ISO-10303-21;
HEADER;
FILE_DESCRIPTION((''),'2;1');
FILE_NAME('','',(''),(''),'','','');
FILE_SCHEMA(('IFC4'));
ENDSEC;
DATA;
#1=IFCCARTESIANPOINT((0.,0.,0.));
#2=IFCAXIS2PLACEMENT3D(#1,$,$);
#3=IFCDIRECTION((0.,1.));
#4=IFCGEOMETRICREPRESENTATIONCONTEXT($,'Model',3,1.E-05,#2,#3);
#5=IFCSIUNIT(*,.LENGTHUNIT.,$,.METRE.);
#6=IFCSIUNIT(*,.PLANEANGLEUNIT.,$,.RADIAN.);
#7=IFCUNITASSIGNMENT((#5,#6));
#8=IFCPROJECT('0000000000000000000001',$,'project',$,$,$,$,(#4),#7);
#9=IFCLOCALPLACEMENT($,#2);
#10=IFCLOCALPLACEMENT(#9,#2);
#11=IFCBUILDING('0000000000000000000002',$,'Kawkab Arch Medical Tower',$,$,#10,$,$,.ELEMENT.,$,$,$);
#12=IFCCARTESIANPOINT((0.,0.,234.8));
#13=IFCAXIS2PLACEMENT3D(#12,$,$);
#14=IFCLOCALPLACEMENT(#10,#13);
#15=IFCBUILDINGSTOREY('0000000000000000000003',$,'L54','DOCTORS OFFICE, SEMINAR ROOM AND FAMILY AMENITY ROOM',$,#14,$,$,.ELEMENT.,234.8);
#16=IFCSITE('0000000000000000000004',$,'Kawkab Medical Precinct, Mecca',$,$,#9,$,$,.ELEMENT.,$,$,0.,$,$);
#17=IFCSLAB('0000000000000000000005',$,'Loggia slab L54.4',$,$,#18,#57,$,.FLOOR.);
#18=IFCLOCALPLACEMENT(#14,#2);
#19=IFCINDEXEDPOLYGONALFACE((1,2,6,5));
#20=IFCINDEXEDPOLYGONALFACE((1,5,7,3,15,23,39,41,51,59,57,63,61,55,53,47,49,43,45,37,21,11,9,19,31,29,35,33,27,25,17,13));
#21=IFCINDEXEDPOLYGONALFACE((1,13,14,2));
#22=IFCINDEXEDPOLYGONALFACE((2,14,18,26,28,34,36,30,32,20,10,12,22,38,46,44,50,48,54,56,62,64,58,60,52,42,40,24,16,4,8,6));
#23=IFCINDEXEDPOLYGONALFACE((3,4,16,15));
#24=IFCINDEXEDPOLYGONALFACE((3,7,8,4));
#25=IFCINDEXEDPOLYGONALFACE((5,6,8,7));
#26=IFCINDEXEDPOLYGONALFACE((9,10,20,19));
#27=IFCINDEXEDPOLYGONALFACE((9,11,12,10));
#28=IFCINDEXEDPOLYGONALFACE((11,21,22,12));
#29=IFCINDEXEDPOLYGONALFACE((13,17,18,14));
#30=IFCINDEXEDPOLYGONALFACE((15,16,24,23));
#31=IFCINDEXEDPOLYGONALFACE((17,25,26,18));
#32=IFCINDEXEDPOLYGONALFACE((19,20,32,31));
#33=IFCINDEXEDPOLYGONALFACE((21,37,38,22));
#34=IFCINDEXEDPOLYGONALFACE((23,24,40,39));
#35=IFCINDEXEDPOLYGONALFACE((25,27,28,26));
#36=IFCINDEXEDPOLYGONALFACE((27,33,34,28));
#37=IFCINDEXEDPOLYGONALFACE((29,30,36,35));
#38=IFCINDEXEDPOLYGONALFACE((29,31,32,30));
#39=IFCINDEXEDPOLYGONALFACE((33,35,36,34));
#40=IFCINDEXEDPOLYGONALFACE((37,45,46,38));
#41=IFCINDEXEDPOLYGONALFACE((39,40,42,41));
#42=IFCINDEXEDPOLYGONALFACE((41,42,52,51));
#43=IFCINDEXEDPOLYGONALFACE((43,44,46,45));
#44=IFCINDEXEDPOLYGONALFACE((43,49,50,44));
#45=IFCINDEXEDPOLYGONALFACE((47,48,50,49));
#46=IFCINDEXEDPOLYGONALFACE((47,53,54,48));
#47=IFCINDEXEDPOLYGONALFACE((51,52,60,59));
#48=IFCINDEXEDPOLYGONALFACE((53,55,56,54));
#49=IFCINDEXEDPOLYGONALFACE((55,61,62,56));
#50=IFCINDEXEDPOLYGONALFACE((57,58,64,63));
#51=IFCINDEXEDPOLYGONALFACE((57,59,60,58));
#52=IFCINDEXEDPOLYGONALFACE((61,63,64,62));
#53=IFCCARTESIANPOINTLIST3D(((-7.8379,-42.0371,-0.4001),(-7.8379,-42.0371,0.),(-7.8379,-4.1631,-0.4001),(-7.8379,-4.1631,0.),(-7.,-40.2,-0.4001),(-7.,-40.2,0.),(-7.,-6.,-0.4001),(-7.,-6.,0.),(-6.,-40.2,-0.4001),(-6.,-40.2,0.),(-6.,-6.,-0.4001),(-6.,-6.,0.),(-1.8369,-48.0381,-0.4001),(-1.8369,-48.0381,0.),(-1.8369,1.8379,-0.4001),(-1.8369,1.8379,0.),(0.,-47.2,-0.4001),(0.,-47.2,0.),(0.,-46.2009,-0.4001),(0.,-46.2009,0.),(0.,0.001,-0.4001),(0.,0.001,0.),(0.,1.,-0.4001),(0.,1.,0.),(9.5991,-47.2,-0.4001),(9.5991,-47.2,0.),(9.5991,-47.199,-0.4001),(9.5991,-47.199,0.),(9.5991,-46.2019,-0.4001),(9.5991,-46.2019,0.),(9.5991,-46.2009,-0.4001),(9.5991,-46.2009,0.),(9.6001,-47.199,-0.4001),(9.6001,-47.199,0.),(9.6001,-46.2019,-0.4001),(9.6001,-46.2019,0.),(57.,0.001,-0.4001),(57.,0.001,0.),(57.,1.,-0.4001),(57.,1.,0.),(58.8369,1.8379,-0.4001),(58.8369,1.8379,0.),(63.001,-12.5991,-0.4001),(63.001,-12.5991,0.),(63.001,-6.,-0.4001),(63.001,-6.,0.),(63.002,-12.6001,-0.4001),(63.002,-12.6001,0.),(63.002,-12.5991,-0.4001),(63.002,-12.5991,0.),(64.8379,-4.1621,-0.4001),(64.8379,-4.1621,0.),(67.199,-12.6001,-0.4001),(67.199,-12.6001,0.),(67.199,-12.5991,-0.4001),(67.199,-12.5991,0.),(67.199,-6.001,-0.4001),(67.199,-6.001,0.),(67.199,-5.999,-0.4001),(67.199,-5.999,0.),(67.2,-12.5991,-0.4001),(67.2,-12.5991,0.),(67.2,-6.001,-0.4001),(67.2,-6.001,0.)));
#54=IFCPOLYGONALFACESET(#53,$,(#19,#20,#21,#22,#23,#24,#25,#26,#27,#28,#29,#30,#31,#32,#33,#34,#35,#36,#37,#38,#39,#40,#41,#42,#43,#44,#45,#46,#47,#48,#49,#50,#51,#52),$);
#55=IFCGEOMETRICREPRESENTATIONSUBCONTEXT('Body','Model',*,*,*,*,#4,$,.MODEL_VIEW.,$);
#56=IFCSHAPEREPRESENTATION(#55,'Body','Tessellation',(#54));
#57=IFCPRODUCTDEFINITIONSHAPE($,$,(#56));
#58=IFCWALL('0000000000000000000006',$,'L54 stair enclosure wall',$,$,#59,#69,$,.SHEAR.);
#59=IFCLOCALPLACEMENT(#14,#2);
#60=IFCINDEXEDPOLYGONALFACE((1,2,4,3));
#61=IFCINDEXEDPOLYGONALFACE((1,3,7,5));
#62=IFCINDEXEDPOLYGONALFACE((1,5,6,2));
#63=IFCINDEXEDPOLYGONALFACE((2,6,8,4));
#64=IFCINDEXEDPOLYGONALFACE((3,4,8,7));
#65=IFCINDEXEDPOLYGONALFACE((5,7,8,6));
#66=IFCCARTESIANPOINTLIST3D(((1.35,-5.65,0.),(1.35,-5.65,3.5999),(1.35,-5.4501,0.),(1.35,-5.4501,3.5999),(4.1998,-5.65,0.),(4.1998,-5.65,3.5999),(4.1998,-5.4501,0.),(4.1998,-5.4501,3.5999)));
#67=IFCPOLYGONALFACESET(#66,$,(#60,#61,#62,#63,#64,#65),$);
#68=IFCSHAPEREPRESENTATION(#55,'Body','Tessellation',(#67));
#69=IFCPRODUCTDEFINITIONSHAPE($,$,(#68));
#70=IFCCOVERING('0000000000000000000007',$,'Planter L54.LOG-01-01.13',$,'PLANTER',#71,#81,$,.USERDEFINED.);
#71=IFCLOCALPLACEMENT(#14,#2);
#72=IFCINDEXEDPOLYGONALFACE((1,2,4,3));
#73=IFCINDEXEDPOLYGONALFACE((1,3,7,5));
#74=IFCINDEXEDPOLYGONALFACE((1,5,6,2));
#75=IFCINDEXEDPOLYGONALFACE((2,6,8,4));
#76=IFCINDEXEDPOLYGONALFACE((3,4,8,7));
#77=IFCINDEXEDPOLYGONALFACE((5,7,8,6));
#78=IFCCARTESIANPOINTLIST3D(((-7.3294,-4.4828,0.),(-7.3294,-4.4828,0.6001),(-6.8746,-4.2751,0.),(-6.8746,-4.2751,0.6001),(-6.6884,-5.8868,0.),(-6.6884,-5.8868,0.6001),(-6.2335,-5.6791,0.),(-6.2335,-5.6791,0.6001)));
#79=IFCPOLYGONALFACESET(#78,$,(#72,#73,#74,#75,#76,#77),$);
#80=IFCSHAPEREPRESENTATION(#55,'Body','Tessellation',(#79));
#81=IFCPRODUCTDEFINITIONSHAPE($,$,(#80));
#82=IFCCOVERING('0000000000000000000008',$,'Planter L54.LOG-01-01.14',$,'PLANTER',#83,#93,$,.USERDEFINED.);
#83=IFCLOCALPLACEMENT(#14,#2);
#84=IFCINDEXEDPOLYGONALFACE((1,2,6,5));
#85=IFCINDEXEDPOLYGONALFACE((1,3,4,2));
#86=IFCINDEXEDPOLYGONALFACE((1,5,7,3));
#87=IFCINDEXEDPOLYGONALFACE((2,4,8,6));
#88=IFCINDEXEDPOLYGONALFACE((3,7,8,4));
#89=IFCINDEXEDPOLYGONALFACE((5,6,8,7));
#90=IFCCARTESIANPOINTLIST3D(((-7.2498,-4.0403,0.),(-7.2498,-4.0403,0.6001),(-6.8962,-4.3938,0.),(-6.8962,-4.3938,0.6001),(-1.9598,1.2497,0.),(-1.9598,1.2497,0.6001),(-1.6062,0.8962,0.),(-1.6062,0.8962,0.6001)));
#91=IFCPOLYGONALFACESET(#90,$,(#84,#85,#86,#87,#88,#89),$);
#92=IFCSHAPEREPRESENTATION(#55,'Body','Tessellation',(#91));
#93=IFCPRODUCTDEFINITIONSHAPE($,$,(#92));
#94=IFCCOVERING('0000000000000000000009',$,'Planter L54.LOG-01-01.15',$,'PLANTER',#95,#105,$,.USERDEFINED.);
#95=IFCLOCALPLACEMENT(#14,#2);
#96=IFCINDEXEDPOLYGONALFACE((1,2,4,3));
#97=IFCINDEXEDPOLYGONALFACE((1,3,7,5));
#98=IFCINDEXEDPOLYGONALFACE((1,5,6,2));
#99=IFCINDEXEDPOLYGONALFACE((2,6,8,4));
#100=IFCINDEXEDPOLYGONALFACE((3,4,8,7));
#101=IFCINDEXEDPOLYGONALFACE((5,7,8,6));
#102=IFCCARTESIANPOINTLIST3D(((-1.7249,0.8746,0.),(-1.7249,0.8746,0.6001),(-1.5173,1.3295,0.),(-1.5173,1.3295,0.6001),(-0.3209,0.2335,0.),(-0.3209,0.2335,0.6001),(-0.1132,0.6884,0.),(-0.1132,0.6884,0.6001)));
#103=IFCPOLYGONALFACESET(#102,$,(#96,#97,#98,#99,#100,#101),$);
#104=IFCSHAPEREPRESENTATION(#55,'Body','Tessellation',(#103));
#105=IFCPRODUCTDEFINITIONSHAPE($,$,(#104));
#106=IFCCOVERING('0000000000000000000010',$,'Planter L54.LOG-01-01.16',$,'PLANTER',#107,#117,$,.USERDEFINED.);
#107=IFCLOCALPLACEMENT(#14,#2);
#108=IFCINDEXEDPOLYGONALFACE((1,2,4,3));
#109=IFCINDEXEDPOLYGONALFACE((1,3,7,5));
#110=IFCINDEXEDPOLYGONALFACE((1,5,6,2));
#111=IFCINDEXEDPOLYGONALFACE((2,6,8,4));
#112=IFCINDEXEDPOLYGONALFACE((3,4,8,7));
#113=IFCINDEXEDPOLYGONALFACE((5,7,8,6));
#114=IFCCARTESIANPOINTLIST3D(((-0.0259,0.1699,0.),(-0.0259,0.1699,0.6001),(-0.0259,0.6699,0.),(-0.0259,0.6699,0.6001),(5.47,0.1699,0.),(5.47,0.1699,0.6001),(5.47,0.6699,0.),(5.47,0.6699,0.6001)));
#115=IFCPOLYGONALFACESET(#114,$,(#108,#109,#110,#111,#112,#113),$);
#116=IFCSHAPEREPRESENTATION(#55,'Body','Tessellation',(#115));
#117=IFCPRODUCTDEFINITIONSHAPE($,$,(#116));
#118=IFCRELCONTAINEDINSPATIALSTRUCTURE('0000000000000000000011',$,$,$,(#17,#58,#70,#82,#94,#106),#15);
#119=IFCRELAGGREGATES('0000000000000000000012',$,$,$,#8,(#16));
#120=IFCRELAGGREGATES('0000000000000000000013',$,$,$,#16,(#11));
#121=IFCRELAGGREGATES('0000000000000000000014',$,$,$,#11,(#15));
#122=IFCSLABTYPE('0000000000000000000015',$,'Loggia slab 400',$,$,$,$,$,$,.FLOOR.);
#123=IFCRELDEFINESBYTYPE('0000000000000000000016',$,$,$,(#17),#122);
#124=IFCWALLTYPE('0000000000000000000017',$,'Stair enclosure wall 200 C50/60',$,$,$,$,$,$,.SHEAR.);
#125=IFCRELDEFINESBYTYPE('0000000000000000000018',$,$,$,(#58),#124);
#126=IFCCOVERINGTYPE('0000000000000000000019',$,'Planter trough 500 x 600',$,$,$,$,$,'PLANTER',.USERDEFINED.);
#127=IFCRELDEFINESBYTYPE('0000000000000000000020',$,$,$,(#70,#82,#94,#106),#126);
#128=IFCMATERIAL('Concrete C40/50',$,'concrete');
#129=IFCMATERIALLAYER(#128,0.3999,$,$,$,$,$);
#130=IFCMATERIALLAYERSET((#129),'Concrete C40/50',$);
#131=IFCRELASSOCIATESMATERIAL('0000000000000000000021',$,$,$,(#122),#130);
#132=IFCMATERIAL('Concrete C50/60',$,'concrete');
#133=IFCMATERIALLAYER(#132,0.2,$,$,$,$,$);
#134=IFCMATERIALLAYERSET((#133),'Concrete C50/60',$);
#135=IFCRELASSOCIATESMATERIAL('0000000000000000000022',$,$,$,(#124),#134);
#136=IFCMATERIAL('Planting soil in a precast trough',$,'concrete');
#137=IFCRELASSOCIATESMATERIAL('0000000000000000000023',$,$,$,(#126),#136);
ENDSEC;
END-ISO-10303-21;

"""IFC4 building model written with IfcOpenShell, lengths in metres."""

from ifc_helpers import new_model, si_unit, direction, frame, frame_2d, origin, origin_2d, place, context, subcontext, project, spatial, polyline, rectangle, outline, extrude, material, layer, layer_set, material_profile, profile_set, type_object, element, save


model = new_model("IFC4")

# Units and contexts
model_context = context("Model", 3, precision=1e-05, world=origin(), true_north=direction((0.0, 1.0)))
body_context = subcontext(model_context, "Body", "Model", "MODEL_VIEW")
ifc_project = project(units=[si_unit("LENGTHUNIT", "METRE"), si_unit("PLANEANGLEUNIT", "RADIAN")], contexts=[model_context])

# Site, building, storey
site_placement = place(None, origin())
site = spatial("IfcSite", under=ifc_project, at=site_placement, Name="Kawkab Medical Precinct, Mecca", CompositionType="ELEMENT", RefElevation=0.0)
building_placement = place(site_placement, origin())
building = spatial("IfcBuilding", under=site, at=building_placement, Name="Kawkab Arch Medical Tower", CompositionType="ELEMENT")
storey_placement = place(building_placement, frame((0.0, 0.0, 234.8)))
storey = spatial("IfcBuildingStorey", under=building, at=storey_placement, Name="L54", Description="DOCTORS OFFICE, SEMINAR ROOM AND FAMILY AMENITY ROOM", CompositionType="ELEMENT", Elevation=234.8)

# Slab
ifc_material_1 = material(Name="Concrete C40/50", Category="concrete")
ifc_layer_1 = layer(ifc_material_1, 0.3999)
ifc_layer_set_1 = layer_set([ifc_layer_1], Name="Concrete C40/50")
slab_type_1 = type_object("IfcSlabType", Name="Loggia slab 400", PredefinedType="FLOOR", material=ifc_layer_set_1)
placement_1 = place(storey_placement, frame((0.0, 0.0, -0.4001)))
element("IfcSlab", 1, at=placement_1, inside=storey, type_object=slab_type_1, Name="Loggia slab L54.4", PredefinedType="FLOOR", context=body_context, shape_type="SweptSolid", body=[
    extrude(outline(polyline([(-7.8379, -42.0371), (-7.0, -40.2), (-7.0, -6.0), (-7.8379, -4.1631), (-1.8369, 1.8379), (0.0, 1.0), (57.0, 1.0), (58.8369, 1.8379), (64.8379, -4.1621), (67.199, -5.999), (67.199, -6.001), (67.2, -6.001), (67.2, -12.5991), (67.199, -12.5991), (67.199, -12.6001), (63.002, -12.6001), (63.002, -12.5991), (63.001, -12.5991), (63.001, -6.0), (57.0, 0.001), (0.0, 0.001), (-6.0, -6.0), (-6.0, -40.2), (0.0, -46.2009), (9.5991, -46.2009), (9.5991, -46.2019), (9.6001, -46.2019), (9.6001, -47.199), (9.5991, -47.199), (9.5991, -47.2), (0.0, -47.2), (-1.8369, -48.0381), (-7.8379, -42.0371)])), origin(), (0.0, 0.0, 1.0), 0.4001),
])

# Wall
ifc_material_2 = material(Name="Concrete C50/60", Category="concrete")
ifc_layer_2 = layer(ifc_material_2, 0.2)
ifc_layer_set_2 = layer_set([ifc_layer_2], Name="Concrete C50/60")
wall_type = type_object("IfcWallType", Name="Stair enclosure wall 200 C50/60", PredefinedType="SHEAR", material=ifc_layer_set_2)
wall_placement = place(storey_placement, frame((1.3501, -5.55, 0.0), z_axis=(0.0, 0.0, 1.0), x_axis=(1.0, 0.0, 0.0)))
element("IfcWall", 2, at=wall_placement, inside=storey, type_object=wall_type, Name="L54 stair enclosure wall", PredefinedType="SHEAR", context=body_context, shape_type="SweptSolid", body=[
    extrude(rectangle(XDim=2.8499, YDim=0.2, at=frame_2d((1.4248, 0.0))), origin(), (0.0, 0.0, 1.0), 3.5999),
])

# Coverings
ifc_material_3 = material(Name="Planting soil in a precast trough", Category="concrete")
ifc_material_profile_1 = material_profile(ifc_material_3, rectangle(XDim=0.5, YDim=0.6001, at=origin_2d()), Name="Trough 500x600")
ifc_profile_set_1 = profile_set([ifc_material_profile_1], Name="Planting soil in a precast trough")
covering_type = type_object("IfcCoveringType", Name="Planter trough 500 x 600", ElementType="PLANTER", PredefinedType="USERDEFINED", material=ifc_profile_set_1)
covering_1_placement = place(storey_placement, frame((-6.4609, -5.783, 0.3), z_axis=(-0.415363, 0.909656, 0.0), x_axis=(-0.909656, -0.415363, 0.0)))
element("IfcCovering", 3, at=covering_1_placement, inside=storey, type_object=covering_type, Name="Planter L54.LOG-01-01.13", ObjectType="PLANTER", PredefinedType="USERDEFINED", context=body_context, shape_type="SweptSolid", body=[
    extrude(rectangle(XDim=0.5, YDim=0.6001, at=origin_2d()), origin(), (0.0, 0.0, 1.0), 1.5435),
])
covering_2_placement = place(storey_placement, frame((-7.073, -4.217, 0.3), z_axis=(0.707107, 0.707107, 0.0), x_axis=(-0.707107, 0.707107, 0.0)))
element("IfcCovering", 4, at=covering_2_placement, inside=storey, type_object=covering_type, Name="Planter L54.LOG-01-01.14", ObjectType="PLANTER", PredefinedType="USERDEFINED", context=body_context, shape_type="SweptSolid", body=[
    extrude(rectangle(XDim=0.5, YDim=0.6001, at=origin_2d()), origin(), (0.0, 0.0, 1.0), 7.4812),
])
covering_3_placement = place(storey_placement, frame((-1.6211, 1.1021, 0.3), z_axis=(0.909656, -0.415363, 0.0), x_axis=(0.415363, 0.909656, 0.0)))
element("IfcCovering", 5, at=covering_3_placement, inside=storey, type_object=covering_type, Name="Planter L54.LOG-01-01.15", ObjectType="PLANTER", PredefinedType="USERDEFINED", context=body_context, shape_type="SweptSolid", body=[
    extrude(rectangle(XDim=0.5, YDim=0.6001, at=origin_2d()), origin(), (0.0, 0.0, 1.0), 1.5435),
])
covering_4_placement = place(storey_placement, frame((-0.0259, 0.4199, 0.3), z_axis=(1.0, 0.0, 0.0), x_axis=(0.0, 1.0, 0.0)))
element("IfcCovering", 6, at=covering_4_placement, inside=storey, type_object=covering_type, Name="Planter L54.LOG-01-01.16", ObjectType="PLANTER", PredefinedType="USERDEFINED", context=body_context, shape_type="SweptSolid", body=[
    extrude(rectangle(XDim=0.5, YDim=0.6001, at=origin_2d()), origin(), (0.0, 0.0, 1.0), 5.4958),
])

save(model, "model.ifc")
